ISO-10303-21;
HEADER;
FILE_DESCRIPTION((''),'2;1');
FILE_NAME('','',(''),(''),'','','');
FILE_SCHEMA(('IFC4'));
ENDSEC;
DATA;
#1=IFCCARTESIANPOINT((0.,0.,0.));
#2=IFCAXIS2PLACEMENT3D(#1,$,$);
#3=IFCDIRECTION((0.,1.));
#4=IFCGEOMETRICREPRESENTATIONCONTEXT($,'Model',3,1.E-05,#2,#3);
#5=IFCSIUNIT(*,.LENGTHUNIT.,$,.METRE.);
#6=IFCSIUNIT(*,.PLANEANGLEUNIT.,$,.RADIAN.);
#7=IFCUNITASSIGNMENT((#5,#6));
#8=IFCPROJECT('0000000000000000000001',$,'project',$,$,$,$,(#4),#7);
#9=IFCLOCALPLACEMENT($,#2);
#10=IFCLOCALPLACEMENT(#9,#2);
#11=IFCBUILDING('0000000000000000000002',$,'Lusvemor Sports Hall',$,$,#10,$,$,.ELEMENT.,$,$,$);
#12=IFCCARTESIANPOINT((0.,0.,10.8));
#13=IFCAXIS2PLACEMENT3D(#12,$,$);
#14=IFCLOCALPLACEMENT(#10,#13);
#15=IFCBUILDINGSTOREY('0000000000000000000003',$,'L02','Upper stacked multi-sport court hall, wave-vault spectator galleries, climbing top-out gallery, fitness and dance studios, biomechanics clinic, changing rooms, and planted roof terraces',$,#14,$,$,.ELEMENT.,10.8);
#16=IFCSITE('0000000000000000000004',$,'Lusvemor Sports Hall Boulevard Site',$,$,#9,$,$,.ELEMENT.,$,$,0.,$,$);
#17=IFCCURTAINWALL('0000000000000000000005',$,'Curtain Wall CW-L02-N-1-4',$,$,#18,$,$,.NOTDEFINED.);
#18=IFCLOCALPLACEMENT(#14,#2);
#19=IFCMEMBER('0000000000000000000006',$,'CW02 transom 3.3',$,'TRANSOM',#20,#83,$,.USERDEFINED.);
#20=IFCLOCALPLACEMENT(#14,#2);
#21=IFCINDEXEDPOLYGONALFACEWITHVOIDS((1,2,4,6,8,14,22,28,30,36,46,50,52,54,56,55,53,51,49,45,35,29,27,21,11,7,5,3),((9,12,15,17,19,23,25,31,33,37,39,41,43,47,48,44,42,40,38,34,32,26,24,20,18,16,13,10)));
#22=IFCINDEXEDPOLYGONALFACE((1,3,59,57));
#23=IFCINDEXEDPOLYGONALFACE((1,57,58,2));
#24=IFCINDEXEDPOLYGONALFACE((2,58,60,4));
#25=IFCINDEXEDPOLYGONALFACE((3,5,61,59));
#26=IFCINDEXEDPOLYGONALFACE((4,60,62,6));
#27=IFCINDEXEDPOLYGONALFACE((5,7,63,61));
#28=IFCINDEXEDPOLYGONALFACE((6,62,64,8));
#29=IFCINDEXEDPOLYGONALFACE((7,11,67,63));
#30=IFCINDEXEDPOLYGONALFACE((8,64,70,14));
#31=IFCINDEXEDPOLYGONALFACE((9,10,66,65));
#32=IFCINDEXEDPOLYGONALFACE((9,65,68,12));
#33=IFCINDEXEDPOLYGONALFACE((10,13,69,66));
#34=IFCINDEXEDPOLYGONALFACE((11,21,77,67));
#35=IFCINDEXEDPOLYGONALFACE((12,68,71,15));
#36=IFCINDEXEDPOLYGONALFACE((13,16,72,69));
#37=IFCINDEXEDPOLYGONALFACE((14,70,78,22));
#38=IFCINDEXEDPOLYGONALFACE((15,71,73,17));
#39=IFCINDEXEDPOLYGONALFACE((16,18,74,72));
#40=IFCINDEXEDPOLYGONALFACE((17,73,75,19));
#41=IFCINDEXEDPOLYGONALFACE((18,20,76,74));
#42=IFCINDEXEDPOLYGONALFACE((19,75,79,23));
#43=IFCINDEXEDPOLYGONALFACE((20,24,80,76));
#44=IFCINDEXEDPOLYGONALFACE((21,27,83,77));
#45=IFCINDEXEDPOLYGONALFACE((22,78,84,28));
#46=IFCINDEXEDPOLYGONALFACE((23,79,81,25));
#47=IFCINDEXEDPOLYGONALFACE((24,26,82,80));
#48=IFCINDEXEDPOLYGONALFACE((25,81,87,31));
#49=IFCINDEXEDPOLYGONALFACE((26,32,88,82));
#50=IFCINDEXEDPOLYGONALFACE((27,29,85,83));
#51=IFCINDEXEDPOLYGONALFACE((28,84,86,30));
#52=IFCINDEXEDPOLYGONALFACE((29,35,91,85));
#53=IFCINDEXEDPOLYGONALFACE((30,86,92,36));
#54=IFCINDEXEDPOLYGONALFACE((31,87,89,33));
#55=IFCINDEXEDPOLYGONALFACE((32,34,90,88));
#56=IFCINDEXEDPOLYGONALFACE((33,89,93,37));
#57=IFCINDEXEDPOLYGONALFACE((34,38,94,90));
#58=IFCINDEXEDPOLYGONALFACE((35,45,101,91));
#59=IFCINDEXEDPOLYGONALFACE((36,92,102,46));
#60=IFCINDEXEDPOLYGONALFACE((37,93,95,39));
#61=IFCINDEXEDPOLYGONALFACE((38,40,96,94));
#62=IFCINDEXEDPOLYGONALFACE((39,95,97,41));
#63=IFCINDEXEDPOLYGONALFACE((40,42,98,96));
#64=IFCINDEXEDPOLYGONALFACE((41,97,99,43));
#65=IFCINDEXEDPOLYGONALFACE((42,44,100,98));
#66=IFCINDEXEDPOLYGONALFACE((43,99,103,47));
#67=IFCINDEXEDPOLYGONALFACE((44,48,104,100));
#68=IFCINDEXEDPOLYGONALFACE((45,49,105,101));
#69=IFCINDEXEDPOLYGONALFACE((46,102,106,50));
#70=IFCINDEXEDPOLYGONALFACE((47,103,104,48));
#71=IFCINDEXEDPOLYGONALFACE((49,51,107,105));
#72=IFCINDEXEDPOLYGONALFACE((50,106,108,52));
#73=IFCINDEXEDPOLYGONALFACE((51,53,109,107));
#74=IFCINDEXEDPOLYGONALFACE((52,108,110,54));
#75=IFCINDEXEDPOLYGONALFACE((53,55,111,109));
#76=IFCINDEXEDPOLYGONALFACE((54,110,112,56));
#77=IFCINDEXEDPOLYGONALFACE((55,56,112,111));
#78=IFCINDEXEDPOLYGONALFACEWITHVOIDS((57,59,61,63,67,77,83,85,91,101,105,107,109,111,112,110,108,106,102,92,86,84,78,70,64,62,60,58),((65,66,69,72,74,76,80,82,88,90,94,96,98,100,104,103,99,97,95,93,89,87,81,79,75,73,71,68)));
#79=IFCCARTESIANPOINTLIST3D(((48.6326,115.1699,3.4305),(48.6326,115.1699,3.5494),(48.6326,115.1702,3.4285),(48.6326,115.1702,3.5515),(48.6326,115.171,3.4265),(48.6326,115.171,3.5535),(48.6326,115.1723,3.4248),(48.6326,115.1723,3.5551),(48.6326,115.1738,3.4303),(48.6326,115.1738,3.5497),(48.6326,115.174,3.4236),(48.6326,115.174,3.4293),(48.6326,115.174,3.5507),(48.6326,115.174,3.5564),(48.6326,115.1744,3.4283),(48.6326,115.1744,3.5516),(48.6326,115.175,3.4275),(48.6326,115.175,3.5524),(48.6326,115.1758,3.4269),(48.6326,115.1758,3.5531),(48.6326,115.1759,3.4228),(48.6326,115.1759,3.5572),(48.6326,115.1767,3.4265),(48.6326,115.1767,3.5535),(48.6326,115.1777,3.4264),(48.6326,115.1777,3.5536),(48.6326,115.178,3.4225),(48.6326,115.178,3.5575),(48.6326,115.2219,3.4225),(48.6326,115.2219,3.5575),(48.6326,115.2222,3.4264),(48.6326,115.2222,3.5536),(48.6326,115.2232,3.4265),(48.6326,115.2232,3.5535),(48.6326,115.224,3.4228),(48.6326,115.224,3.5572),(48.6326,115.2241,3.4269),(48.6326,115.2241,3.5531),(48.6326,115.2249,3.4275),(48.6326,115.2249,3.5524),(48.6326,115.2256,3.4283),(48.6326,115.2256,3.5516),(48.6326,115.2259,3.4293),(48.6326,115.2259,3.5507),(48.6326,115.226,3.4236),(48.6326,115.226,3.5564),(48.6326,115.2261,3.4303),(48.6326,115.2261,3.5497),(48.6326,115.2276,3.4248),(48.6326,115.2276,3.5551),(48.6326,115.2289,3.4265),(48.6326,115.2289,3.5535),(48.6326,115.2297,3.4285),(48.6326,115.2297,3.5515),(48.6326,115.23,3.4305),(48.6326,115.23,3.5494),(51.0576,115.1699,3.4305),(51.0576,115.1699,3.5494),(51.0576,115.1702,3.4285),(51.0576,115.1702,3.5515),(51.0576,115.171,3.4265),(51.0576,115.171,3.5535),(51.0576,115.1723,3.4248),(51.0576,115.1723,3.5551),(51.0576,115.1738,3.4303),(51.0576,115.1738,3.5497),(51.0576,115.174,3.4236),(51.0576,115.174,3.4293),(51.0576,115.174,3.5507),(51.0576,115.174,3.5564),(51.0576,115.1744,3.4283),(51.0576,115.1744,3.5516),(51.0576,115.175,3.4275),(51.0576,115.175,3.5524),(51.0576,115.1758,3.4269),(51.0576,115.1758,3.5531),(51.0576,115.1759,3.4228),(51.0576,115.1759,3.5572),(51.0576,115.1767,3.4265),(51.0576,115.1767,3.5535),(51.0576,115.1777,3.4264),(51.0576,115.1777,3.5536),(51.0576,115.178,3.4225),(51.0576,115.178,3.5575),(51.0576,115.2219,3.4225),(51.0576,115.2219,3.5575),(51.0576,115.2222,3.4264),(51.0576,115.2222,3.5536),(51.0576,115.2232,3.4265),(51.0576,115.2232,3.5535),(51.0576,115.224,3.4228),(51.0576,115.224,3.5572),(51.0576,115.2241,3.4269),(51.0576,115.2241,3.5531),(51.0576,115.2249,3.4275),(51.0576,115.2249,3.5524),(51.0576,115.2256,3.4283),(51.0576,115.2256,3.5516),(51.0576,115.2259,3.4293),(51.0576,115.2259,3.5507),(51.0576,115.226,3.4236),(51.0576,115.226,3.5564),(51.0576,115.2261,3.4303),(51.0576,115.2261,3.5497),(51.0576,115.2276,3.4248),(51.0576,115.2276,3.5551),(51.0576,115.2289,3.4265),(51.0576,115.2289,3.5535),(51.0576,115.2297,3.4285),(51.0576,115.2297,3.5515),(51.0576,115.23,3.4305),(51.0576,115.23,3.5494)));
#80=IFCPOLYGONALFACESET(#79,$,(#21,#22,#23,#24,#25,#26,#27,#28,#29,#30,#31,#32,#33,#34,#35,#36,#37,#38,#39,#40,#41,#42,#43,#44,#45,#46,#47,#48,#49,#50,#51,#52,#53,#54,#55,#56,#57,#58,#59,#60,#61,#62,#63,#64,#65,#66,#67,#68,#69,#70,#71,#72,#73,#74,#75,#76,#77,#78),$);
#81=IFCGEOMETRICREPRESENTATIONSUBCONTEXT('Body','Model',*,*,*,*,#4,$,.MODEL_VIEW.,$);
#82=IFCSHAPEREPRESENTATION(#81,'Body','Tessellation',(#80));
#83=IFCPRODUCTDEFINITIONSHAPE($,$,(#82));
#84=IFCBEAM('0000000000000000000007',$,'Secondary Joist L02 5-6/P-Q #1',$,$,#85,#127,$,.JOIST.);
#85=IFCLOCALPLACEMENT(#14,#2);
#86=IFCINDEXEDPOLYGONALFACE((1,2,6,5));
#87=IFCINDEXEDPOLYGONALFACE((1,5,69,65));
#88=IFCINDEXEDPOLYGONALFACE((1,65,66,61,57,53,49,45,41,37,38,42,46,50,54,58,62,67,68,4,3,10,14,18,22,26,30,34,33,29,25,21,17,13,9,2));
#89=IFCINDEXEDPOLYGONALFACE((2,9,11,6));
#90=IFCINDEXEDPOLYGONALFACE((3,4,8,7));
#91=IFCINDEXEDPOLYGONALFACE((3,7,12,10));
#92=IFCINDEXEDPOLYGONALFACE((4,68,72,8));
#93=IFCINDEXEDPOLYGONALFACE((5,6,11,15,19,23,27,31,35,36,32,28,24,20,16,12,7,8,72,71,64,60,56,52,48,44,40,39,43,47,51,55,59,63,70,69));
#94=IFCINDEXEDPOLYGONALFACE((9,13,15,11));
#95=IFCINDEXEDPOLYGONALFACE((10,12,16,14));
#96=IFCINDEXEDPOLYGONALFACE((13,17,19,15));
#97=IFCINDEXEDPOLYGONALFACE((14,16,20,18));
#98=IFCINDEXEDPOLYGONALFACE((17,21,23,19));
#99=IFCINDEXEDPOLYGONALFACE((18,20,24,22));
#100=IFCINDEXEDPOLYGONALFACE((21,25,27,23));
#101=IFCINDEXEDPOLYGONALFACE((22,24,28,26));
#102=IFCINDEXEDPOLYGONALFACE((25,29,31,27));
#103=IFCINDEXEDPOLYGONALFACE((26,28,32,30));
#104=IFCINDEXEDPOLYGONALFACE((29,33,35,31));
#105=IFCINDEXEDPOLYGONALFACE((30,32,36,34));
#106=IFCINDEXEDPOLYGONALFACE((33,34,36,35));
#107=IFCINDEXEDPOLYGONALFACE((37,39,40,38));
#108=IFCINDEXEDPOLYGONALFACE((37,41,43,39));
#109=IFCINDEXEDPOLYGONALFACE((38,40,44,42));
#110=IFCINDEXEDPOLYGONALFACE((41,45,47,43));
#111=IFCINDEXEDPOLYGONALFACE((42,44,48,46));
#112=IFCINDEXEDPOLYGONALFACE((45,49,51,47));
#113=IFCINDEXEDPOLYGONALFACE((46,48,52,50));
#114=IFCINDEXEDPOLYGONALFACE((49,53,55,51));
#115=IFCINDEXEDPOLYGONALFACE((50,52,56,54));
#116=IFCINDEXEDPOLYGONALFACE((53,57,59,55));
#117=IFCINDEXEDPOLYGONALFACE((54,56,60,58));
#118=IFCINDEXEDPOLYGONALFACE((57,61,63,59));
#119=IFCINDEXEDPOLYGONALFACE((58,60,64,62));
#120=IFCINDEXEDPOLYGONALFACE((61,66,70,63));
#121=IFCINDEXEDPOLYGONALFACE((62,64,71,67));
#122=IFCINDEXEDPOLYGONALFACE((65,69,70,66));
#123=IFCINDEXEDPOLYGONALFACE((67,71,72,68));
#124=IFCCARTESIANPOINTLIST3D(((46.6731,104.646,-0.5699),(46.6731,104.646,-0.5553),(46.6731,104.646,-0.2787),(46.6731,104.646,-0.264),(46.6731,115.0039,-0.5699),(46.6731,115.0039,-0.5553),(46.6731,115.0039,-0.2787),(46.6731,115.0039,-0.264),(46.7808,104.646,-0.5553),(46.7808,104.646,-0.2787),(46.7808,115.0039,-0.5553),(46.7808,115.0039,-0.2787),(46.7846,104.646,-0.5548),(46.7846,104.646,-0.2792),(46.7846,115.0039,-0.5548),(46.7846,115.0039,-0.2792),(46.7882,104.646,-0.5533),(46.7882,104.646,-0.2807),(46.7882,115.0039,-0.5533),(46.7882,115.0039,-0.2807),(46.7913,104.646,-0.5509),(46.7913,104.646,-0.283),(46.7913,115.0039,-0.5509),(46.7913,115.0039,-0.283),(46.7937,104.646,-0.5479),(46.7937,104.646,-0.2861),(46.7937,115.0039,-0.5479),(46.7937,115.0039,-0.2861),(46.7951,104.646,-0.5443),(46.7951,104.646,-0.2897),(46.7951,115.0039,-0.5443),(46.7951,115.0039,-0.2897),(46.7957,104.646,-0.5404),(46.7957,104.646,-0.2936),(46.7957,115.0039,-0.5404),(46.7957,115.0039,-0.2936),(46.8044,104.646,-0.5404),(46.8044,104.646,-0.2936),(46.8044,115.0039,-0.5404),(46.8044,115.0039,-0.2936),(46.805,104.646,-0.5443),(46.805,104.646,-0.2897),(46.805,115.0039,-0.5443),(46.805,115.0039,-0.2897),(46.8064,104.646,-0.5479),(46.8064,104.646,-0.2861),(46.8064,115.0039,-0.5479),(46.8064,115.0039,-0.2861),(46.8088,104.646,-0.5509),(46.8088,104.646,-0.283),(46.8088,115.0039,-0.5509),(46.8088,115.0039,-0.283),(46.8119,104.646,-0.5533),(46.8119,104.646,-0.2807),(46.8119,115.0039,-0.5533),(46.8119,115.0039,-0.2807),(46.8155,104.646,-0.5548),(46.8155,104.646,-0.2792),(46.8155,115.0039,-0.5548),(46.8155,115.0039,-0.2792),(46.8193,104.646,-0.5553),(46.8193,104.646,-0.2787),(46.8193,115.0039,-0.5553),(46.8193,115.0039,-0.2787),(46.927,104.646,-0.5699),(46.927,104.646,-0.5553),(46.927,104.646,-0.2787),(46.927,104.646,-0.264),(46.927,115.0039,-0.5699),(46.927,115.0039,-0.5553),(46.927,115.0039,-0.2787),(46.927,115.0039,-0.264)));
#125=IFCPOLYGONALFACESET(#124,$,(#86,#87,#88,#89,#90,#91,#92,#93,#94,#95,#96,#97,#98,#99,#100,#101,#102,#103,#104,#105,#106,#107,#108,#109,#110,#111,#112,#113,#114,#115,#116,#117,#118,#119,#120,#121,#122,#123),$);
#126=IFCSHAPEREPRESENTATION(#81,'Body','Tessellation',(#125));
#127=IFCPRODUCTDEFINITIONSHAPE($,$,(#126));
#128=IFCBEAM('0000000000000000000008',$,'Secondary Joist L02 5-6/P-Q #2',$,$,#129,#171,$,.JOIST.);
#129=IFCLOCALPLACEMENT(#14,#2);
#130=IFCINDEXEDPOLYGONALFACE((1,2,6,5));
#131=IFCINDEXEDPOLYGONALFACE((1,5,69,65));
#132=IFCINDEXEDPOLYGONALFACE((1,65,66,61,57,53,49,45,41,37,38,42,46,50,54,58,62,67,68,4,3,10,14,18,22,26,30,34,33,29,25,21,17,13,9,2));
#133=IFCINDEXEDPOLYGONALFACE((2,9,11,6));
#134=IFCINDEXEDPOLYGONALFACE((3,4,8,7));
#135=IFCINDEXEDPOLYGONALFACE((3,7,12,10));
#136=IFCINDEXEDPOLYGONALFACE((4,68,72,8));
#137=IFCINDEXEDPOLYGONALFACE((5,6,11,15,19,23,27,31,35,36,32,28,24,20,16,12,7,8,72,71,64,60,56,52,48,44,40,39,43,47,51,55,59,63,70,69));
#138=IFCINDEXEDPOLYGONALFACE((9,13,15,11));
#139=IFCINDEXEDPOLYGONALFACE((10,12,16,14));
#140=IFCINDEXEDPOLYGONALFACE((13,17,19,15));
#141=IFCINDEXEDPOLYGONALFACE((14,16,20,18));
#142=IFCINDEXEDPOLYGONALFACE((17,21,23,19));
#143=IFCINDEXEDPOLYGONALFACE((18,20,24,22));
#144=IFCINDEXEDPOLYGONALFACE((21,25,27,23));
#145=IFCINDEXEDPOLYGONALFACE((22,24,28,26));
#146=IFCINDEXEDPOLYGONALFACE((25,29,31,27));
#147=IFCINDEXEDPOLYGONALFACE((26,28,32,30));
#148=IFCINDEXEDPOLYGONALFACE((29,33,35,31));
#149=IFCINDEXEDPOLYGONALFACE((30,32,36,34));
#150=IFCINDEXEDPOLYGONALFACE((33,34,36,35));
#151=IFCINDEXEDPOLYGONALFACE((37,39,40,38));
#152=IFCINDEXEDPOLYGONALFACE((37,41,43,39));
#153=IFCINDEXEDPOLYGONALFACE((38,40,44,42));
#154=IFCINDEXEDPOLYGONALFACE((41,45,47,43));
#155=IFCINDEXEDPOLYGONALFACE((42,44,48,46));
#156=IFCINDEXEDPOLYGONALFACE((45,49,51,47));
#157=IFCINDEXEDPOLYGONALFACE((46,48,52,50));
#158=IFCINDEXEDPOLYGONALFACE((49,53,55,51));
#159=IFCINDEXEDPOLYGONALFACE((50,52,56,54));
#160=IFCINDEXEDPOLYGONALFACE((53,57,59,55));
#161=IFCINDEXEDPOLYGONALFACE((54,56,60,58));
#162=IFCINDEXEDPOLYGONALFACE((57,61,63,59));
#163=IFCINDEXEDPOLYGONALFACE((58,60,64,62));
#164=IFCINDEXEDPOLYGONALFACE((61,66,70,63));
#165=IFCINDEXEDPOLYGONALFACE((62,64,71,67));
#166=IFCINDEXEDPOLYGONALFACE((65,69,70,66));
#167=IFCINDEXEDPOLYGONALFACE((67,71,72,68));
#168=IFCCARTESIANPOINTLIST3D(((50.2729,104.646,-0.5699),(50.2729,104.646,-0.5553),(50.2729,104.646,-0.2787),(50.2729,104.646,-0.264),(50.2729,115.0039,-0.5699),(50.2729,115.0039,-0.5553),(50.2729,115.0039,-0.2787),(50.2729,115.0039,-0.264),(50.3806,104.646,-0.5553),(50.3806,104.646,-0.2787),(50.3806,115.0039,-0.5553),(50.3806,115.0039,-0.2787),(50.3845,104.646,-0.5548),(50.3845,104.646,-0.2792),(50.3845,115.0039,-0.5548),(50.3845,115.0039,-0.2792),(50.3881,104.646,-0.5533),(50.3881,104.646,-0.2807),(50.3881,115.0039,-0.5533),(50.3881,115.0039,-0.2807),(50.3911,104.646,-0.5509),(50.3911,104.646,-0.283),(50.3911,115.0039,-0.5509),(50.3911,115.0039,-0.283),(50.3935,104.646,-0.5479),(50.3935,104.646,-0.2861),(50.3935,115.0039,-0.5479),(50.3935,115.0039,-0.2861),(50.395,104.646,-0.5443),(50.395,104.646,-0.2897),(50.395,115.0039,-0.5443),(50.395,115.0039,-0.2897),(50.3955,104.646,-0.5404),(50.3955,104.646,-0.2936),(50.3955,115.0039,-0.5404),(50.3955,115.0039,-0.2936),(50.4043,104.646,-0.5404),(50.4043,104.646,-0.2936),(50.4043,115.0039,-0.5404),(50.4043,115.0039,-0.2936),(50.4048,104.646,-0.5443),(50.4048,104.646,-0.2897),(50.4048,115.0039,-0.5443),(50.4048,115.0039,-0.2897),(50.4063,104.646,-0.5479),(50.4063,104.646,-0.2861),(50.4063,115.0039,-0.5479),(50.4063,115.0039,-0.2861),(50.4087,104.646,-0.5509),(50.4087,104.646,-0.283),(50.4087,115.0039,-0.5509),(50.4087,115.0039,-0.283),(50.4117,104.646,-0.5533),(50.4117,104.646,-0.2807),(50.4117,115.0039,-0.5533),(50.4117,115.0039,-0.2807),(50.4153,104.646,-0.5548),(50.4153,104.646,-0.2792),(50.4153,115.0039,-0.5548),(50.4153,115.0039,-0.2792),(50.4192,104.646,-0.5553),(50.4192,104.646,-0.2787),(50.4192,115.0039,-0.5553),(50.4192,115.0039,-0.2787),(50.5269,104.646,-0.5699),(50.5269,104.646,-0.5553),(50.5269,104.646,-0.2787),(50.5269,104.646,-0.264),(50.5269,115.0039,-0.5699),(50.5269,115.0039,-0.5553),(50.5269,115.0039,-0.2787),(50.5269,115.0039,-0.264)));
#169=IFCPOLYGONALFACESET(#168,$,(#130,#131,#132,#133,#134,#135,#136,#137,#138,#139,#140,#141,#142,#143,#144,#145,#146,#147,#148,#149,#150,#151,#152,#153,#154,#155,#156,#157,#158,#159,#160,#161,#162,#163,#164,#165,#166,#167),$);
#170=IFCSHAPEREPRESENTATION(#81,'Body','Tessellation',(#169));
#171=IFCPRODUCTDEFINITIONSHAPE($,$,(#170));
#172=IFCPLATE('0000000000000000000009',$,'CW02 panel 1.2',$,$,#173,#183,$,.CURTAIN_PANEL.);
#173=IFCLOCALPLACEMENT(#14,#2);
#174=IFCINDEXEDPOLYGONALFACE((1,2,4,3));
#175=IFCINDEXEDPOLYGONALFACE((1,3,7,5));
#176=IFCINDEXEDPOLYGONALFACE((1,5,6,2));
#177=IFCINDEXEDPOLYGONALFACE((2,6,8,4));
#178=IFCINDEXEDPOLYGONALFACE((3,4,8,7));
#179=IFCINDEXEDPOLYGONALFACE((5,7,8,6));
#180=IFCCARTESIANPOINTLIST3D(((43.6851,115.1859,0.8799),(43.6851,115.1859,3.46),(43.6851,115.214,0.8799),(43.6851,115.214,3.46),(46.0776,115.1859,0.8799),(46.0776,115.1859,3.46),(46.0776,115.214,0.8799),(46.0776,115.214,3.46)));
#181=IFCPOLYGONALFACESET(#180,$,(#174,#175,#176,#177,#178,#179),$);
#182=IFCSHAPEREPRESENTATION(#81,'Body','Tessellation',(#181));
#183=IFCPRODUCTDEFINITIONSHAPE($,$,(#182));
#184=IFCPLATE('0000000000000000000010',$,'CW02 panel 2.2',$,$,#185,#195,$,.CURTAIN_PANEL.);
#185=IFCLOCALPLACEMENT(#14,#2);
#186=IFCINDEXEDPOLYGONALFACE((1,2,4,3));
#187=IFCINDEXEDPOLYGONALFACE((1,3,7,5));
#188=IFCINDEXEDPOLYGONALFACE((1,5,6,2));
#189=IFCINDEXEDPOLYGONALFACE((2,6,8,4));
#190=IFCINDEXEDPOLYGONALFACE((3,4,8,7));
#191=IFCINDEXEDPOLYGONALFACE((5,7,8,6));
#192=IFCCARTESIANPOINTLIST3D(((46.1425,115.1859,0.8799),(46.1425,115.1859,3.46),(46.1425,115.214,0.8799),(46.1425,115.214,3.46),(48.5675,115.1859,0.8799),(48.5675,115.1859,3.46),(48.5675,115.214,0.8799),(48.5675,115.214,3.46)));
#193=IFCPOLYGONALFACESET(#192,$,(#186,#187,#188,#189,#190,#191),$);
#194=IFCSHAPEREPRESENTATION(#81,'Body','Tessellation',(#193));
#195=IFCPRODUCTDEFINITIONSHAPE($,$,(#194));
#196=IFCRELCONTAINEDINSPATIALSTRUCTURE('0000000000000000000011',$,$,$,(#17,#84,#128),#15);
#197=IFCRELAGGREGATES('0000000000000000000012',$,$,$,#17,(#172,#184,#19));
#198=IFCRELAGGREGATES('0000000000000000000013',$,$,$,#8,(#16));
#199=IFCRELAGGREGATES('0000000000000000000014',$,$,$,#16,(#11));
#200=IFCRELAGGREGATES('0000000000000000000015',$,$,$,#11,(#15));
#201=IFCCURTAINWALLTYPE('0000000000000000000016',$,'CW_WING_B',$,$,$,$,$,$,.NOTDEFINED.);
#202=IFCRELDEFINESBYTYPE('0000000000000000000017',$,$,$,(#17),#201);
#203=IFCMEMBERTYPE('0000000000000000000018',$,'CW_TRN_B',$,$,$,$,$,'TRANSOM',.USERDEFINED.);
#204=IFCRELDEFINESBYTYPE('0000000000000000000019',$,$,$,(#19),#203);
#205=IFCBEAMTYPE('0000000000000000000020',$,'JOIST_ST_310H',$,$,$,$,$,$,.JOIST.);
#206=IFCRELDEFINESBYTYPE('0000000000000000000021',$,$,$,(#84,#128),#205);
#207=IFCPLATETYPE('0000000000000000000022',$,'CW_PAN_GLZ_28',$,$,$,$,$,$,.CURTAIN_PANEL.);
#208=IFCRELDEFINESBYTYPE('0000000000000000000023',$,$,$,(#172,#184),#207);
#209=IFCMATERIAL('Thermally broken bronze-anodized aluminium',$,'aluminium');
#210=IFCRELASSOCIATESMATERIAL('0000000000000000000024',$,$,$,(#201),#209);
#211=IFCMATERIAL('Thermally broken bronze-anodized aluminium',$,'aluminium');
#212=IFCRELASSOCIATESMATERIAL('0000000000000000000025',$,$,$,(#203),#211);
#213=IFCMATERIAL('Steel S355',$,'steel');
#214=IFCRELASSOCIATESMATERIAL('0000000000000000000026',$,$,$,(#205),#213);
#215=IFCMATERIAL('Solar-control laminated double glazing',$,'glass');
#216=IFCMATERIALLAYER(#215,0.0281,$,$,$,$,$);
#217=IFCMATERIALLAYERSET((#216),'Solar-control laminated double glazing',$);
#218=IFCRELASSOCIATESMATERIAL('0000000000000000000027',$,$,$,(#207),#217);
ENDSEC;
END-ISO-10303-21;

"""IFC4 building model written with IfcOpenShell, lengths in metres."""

from ifc_helpers import new_model, si_unit, direction, frame, origin, origin_2d, place, context, subcontext, project, spatial, rectangle, hollow_rectangle, i_section, extrude, material, layer, layer_set, material_profile, profile_set, type_object, element, aggregate, save


model = new_model("IFC4")

# Units and contexts
model_context = context("Model", 3, precision=1e-05, world=origin(), true_north=direction((0.0, 1.0)))
body_context = subcontext(model_context, "Body", "Model", "MODEL_VIEW")
ifc_project = project(units=[si_unit("LENGTHUNIT", "METRE"), si_unit("PLANEANGLEUNIT", "RADIAN")], contexts=[model_context])

# Site, building, storey
site_placement = place(None, origin())
site = spatial("IfcSite", under=ifc_project, at=site_placement, Name="Lusvemor Sports Hall Boulevard Site", CompositionType="ELEMENT", RefElevation=0.0)
building_placement = place(site_placement, origin())
building = spatial("IfcBuilding", under=site, at=building_placement, Name="Lusvemor Sports Hall", CompositionType="ELEMENT")
storey_placement = place(building_placement, frame((0.0, 0.0, 10.8)))
storey = spatial("IfcBuildingStorey", under=building, at=storey_placement, Name="L02", Description="Upper stacked multi-sport court hall, wave-vault spectator galleries, climbing top-out gallery, fitness and dance studios, biomechanics clinic, changing rooms, and planted roof terraces", CompositionType="ELEMENT", Elevation=10.8)

# Curtain wall, member
ifc_material_1 = material(Name="Thermally broken bronze-anodized aluminium", Category="aluminium")
curtain_wall_type = type_object("IfcCurtainWallType", Name="CW_WING_B", PredefinedType="NOTDEFINED", material=ifc_material_1)
curtain_wall_placement = place(storey_placement, origin())
curtain_wall = element("IfcCurtainWall", 1, at=curtain_wall_placement, inside=storey, type_object=curtain_wall_type, Name="Curtain Wall CW-L02-N-1-4", PredefinedType="NOTDEFINED")
ifc_material_2 = material(Name="Thermally broken bronze-anodized aluminium", Category="aluminium")
ifc_material_profile_1 = material_profile(ifc_material_2, hollow_rectangle(XDim=0.0601, YDim=0.135, WallThickness=0.0039, InnerFilletRadius=0.0039, OuterFilletRadius=0.0081, at=origin_2d()), Name="CWTRN135x60x4")
ifc_profile_set_1 = profile_set([ifc_material_profile_1], Name="Thermally broken bronze-anodized aluminium")
member_type_1 = type_object("IfcMemberType", Name="CW_TRN_B", ElementType="TRANSOM", PredefinedType="USERDEFINED", material=ifc_profile_set_1)
member_1_placement = place(storey_placement, frame((48.6326, 115.2, 3.49), z_axis=(1.0, 0.0, 0.0), x_axis=(0.0, 1.0, 0.0)))
member_1 = element("IfcMember", 2, at=member_1_placement, type_object=member_type_1, Name="CW02 transom 3.3", ObjectType="TRANSOM", PredefinedType="USERDEFINED", context=body_context, shape_type="SweptSolid", body=[
    extrude(hollow_rectangle(XDim=0.0601, YDim=0.135, WallThickness=0.0039, InnerFilletRadius=0.0039, OuterFilletRadius=0.0081, at=origin_2d()), origin(), (0.0, 0.0, 1.0), 2.425),
])

# Beams
ifc_material_3 = material(Name="Steel S355", Category="steel")
ifc_material_profile_2 = material_profile(ifc_material_3, i_section(OverallWidth=0.2539, OverallDepth=0.3059, WebThickness=0.0088, FlangeThickness=0.0146, FilletRadius=0.0149, at=origin_2d()), Name="W310x79.0")
ifc_profile_set_2 = profile_set([ifc_material_profile_2], Name="Steel S355")
beam_type = type_object("IfcBeamType", Name="JOIST_ST_310H", PredefinedType="JOIST", material=ifc_profile_set_2)
for number, where, z_axis, x_axis, name in (
    (3, (46.8, 104.646, -0.417), (0.0, 1.0, 0.0), (-1.0, 0.0, 0.0), "Secondary Joist L02 5-6/P-Q #1"),
    (4, (50.3999, 104.646, -0.417), (0.0, 1.0, 0.0), (-1.0, 0.0, 0.0), "Secondary Joist L02 5-6/P-Q #2"),
):
    element("IfcBeam", number, at=place(storey_placement, frame(where, z_axis=z_axis, x_axis=x_axis)), inside=storey, type_object=beam_type, Name=name, PredefinedType="JOIST", context=body_context, shape_type="SweptSolid", body=[
        extrude(i_section(OverallWidth=0.2539, OverallDepth=0.3059, WebThickness=0.0088, FlangeThickness=0.0146, FilletRadius=0.0149, at=origin_2d()), origin(), (0.0, 0.0, 1.0), 10.3579),
    ])

# Plates
ifc_material_4 = material(Name="Solar-control laminated double glazing", Category="glass")
ifc_layer_1 = layer(ifc_material_4, 0.0281)
ifc_layer_set_1 = layer_set([ifc_layer_1], Name="Solar-control laminated double glazing")
plate_type_1 = type_object("IfcPlateType", Name="CW_PAN_GLZ_28", PredefinedType="CURTAIN_PANEL", material=ifc_layer_set_1)
plate_1_placement = place(storey_placement, frame((44.8813, 115.2, 0.8799), z_axis=(0.0, 0.0, 1.0), x_axis=(1.0, 0.0, 0.0)))
plate_1 = element("IfcPlate", 5, at=plate_1_placement, type_object=plate_type_1, Name="CW02 panel 1.2", PredefinedType="CURTAIN_PANEL", context=body_context, shape_type="SweptSolid", body=[
    extrude(rectangle(XDim=2.3926, YDim=0.0281, at=origin_2d()), origin(), (0.0, 0.0, 1.0), 2.5801),
])
plate_2_placement = place(storey_placement, frame((47.355, 115.2, 0.8799), z_axis=(0.0, 0.0, 1.0), x_axis=(1.0, 0.0, 0.0)))
plate_2 = element("IfcPlate", 6, at=plate_2_placement, type_object=plate_type_1, Name="CW02 panel 2.2", PredefinedType="CURTAIN_PANEL", context=body_context, shape_type="SweptSolid", body=[
    extrude(rectangle(XDim=2.425, YDim=0.0281, at=origin_2d()), origin(), (0.0, 0.0, 1.0), 2.5801),
])
aggregate(curtain_wall, [plate_1, plate_2, member_1])

save(model, "model.ifc")
